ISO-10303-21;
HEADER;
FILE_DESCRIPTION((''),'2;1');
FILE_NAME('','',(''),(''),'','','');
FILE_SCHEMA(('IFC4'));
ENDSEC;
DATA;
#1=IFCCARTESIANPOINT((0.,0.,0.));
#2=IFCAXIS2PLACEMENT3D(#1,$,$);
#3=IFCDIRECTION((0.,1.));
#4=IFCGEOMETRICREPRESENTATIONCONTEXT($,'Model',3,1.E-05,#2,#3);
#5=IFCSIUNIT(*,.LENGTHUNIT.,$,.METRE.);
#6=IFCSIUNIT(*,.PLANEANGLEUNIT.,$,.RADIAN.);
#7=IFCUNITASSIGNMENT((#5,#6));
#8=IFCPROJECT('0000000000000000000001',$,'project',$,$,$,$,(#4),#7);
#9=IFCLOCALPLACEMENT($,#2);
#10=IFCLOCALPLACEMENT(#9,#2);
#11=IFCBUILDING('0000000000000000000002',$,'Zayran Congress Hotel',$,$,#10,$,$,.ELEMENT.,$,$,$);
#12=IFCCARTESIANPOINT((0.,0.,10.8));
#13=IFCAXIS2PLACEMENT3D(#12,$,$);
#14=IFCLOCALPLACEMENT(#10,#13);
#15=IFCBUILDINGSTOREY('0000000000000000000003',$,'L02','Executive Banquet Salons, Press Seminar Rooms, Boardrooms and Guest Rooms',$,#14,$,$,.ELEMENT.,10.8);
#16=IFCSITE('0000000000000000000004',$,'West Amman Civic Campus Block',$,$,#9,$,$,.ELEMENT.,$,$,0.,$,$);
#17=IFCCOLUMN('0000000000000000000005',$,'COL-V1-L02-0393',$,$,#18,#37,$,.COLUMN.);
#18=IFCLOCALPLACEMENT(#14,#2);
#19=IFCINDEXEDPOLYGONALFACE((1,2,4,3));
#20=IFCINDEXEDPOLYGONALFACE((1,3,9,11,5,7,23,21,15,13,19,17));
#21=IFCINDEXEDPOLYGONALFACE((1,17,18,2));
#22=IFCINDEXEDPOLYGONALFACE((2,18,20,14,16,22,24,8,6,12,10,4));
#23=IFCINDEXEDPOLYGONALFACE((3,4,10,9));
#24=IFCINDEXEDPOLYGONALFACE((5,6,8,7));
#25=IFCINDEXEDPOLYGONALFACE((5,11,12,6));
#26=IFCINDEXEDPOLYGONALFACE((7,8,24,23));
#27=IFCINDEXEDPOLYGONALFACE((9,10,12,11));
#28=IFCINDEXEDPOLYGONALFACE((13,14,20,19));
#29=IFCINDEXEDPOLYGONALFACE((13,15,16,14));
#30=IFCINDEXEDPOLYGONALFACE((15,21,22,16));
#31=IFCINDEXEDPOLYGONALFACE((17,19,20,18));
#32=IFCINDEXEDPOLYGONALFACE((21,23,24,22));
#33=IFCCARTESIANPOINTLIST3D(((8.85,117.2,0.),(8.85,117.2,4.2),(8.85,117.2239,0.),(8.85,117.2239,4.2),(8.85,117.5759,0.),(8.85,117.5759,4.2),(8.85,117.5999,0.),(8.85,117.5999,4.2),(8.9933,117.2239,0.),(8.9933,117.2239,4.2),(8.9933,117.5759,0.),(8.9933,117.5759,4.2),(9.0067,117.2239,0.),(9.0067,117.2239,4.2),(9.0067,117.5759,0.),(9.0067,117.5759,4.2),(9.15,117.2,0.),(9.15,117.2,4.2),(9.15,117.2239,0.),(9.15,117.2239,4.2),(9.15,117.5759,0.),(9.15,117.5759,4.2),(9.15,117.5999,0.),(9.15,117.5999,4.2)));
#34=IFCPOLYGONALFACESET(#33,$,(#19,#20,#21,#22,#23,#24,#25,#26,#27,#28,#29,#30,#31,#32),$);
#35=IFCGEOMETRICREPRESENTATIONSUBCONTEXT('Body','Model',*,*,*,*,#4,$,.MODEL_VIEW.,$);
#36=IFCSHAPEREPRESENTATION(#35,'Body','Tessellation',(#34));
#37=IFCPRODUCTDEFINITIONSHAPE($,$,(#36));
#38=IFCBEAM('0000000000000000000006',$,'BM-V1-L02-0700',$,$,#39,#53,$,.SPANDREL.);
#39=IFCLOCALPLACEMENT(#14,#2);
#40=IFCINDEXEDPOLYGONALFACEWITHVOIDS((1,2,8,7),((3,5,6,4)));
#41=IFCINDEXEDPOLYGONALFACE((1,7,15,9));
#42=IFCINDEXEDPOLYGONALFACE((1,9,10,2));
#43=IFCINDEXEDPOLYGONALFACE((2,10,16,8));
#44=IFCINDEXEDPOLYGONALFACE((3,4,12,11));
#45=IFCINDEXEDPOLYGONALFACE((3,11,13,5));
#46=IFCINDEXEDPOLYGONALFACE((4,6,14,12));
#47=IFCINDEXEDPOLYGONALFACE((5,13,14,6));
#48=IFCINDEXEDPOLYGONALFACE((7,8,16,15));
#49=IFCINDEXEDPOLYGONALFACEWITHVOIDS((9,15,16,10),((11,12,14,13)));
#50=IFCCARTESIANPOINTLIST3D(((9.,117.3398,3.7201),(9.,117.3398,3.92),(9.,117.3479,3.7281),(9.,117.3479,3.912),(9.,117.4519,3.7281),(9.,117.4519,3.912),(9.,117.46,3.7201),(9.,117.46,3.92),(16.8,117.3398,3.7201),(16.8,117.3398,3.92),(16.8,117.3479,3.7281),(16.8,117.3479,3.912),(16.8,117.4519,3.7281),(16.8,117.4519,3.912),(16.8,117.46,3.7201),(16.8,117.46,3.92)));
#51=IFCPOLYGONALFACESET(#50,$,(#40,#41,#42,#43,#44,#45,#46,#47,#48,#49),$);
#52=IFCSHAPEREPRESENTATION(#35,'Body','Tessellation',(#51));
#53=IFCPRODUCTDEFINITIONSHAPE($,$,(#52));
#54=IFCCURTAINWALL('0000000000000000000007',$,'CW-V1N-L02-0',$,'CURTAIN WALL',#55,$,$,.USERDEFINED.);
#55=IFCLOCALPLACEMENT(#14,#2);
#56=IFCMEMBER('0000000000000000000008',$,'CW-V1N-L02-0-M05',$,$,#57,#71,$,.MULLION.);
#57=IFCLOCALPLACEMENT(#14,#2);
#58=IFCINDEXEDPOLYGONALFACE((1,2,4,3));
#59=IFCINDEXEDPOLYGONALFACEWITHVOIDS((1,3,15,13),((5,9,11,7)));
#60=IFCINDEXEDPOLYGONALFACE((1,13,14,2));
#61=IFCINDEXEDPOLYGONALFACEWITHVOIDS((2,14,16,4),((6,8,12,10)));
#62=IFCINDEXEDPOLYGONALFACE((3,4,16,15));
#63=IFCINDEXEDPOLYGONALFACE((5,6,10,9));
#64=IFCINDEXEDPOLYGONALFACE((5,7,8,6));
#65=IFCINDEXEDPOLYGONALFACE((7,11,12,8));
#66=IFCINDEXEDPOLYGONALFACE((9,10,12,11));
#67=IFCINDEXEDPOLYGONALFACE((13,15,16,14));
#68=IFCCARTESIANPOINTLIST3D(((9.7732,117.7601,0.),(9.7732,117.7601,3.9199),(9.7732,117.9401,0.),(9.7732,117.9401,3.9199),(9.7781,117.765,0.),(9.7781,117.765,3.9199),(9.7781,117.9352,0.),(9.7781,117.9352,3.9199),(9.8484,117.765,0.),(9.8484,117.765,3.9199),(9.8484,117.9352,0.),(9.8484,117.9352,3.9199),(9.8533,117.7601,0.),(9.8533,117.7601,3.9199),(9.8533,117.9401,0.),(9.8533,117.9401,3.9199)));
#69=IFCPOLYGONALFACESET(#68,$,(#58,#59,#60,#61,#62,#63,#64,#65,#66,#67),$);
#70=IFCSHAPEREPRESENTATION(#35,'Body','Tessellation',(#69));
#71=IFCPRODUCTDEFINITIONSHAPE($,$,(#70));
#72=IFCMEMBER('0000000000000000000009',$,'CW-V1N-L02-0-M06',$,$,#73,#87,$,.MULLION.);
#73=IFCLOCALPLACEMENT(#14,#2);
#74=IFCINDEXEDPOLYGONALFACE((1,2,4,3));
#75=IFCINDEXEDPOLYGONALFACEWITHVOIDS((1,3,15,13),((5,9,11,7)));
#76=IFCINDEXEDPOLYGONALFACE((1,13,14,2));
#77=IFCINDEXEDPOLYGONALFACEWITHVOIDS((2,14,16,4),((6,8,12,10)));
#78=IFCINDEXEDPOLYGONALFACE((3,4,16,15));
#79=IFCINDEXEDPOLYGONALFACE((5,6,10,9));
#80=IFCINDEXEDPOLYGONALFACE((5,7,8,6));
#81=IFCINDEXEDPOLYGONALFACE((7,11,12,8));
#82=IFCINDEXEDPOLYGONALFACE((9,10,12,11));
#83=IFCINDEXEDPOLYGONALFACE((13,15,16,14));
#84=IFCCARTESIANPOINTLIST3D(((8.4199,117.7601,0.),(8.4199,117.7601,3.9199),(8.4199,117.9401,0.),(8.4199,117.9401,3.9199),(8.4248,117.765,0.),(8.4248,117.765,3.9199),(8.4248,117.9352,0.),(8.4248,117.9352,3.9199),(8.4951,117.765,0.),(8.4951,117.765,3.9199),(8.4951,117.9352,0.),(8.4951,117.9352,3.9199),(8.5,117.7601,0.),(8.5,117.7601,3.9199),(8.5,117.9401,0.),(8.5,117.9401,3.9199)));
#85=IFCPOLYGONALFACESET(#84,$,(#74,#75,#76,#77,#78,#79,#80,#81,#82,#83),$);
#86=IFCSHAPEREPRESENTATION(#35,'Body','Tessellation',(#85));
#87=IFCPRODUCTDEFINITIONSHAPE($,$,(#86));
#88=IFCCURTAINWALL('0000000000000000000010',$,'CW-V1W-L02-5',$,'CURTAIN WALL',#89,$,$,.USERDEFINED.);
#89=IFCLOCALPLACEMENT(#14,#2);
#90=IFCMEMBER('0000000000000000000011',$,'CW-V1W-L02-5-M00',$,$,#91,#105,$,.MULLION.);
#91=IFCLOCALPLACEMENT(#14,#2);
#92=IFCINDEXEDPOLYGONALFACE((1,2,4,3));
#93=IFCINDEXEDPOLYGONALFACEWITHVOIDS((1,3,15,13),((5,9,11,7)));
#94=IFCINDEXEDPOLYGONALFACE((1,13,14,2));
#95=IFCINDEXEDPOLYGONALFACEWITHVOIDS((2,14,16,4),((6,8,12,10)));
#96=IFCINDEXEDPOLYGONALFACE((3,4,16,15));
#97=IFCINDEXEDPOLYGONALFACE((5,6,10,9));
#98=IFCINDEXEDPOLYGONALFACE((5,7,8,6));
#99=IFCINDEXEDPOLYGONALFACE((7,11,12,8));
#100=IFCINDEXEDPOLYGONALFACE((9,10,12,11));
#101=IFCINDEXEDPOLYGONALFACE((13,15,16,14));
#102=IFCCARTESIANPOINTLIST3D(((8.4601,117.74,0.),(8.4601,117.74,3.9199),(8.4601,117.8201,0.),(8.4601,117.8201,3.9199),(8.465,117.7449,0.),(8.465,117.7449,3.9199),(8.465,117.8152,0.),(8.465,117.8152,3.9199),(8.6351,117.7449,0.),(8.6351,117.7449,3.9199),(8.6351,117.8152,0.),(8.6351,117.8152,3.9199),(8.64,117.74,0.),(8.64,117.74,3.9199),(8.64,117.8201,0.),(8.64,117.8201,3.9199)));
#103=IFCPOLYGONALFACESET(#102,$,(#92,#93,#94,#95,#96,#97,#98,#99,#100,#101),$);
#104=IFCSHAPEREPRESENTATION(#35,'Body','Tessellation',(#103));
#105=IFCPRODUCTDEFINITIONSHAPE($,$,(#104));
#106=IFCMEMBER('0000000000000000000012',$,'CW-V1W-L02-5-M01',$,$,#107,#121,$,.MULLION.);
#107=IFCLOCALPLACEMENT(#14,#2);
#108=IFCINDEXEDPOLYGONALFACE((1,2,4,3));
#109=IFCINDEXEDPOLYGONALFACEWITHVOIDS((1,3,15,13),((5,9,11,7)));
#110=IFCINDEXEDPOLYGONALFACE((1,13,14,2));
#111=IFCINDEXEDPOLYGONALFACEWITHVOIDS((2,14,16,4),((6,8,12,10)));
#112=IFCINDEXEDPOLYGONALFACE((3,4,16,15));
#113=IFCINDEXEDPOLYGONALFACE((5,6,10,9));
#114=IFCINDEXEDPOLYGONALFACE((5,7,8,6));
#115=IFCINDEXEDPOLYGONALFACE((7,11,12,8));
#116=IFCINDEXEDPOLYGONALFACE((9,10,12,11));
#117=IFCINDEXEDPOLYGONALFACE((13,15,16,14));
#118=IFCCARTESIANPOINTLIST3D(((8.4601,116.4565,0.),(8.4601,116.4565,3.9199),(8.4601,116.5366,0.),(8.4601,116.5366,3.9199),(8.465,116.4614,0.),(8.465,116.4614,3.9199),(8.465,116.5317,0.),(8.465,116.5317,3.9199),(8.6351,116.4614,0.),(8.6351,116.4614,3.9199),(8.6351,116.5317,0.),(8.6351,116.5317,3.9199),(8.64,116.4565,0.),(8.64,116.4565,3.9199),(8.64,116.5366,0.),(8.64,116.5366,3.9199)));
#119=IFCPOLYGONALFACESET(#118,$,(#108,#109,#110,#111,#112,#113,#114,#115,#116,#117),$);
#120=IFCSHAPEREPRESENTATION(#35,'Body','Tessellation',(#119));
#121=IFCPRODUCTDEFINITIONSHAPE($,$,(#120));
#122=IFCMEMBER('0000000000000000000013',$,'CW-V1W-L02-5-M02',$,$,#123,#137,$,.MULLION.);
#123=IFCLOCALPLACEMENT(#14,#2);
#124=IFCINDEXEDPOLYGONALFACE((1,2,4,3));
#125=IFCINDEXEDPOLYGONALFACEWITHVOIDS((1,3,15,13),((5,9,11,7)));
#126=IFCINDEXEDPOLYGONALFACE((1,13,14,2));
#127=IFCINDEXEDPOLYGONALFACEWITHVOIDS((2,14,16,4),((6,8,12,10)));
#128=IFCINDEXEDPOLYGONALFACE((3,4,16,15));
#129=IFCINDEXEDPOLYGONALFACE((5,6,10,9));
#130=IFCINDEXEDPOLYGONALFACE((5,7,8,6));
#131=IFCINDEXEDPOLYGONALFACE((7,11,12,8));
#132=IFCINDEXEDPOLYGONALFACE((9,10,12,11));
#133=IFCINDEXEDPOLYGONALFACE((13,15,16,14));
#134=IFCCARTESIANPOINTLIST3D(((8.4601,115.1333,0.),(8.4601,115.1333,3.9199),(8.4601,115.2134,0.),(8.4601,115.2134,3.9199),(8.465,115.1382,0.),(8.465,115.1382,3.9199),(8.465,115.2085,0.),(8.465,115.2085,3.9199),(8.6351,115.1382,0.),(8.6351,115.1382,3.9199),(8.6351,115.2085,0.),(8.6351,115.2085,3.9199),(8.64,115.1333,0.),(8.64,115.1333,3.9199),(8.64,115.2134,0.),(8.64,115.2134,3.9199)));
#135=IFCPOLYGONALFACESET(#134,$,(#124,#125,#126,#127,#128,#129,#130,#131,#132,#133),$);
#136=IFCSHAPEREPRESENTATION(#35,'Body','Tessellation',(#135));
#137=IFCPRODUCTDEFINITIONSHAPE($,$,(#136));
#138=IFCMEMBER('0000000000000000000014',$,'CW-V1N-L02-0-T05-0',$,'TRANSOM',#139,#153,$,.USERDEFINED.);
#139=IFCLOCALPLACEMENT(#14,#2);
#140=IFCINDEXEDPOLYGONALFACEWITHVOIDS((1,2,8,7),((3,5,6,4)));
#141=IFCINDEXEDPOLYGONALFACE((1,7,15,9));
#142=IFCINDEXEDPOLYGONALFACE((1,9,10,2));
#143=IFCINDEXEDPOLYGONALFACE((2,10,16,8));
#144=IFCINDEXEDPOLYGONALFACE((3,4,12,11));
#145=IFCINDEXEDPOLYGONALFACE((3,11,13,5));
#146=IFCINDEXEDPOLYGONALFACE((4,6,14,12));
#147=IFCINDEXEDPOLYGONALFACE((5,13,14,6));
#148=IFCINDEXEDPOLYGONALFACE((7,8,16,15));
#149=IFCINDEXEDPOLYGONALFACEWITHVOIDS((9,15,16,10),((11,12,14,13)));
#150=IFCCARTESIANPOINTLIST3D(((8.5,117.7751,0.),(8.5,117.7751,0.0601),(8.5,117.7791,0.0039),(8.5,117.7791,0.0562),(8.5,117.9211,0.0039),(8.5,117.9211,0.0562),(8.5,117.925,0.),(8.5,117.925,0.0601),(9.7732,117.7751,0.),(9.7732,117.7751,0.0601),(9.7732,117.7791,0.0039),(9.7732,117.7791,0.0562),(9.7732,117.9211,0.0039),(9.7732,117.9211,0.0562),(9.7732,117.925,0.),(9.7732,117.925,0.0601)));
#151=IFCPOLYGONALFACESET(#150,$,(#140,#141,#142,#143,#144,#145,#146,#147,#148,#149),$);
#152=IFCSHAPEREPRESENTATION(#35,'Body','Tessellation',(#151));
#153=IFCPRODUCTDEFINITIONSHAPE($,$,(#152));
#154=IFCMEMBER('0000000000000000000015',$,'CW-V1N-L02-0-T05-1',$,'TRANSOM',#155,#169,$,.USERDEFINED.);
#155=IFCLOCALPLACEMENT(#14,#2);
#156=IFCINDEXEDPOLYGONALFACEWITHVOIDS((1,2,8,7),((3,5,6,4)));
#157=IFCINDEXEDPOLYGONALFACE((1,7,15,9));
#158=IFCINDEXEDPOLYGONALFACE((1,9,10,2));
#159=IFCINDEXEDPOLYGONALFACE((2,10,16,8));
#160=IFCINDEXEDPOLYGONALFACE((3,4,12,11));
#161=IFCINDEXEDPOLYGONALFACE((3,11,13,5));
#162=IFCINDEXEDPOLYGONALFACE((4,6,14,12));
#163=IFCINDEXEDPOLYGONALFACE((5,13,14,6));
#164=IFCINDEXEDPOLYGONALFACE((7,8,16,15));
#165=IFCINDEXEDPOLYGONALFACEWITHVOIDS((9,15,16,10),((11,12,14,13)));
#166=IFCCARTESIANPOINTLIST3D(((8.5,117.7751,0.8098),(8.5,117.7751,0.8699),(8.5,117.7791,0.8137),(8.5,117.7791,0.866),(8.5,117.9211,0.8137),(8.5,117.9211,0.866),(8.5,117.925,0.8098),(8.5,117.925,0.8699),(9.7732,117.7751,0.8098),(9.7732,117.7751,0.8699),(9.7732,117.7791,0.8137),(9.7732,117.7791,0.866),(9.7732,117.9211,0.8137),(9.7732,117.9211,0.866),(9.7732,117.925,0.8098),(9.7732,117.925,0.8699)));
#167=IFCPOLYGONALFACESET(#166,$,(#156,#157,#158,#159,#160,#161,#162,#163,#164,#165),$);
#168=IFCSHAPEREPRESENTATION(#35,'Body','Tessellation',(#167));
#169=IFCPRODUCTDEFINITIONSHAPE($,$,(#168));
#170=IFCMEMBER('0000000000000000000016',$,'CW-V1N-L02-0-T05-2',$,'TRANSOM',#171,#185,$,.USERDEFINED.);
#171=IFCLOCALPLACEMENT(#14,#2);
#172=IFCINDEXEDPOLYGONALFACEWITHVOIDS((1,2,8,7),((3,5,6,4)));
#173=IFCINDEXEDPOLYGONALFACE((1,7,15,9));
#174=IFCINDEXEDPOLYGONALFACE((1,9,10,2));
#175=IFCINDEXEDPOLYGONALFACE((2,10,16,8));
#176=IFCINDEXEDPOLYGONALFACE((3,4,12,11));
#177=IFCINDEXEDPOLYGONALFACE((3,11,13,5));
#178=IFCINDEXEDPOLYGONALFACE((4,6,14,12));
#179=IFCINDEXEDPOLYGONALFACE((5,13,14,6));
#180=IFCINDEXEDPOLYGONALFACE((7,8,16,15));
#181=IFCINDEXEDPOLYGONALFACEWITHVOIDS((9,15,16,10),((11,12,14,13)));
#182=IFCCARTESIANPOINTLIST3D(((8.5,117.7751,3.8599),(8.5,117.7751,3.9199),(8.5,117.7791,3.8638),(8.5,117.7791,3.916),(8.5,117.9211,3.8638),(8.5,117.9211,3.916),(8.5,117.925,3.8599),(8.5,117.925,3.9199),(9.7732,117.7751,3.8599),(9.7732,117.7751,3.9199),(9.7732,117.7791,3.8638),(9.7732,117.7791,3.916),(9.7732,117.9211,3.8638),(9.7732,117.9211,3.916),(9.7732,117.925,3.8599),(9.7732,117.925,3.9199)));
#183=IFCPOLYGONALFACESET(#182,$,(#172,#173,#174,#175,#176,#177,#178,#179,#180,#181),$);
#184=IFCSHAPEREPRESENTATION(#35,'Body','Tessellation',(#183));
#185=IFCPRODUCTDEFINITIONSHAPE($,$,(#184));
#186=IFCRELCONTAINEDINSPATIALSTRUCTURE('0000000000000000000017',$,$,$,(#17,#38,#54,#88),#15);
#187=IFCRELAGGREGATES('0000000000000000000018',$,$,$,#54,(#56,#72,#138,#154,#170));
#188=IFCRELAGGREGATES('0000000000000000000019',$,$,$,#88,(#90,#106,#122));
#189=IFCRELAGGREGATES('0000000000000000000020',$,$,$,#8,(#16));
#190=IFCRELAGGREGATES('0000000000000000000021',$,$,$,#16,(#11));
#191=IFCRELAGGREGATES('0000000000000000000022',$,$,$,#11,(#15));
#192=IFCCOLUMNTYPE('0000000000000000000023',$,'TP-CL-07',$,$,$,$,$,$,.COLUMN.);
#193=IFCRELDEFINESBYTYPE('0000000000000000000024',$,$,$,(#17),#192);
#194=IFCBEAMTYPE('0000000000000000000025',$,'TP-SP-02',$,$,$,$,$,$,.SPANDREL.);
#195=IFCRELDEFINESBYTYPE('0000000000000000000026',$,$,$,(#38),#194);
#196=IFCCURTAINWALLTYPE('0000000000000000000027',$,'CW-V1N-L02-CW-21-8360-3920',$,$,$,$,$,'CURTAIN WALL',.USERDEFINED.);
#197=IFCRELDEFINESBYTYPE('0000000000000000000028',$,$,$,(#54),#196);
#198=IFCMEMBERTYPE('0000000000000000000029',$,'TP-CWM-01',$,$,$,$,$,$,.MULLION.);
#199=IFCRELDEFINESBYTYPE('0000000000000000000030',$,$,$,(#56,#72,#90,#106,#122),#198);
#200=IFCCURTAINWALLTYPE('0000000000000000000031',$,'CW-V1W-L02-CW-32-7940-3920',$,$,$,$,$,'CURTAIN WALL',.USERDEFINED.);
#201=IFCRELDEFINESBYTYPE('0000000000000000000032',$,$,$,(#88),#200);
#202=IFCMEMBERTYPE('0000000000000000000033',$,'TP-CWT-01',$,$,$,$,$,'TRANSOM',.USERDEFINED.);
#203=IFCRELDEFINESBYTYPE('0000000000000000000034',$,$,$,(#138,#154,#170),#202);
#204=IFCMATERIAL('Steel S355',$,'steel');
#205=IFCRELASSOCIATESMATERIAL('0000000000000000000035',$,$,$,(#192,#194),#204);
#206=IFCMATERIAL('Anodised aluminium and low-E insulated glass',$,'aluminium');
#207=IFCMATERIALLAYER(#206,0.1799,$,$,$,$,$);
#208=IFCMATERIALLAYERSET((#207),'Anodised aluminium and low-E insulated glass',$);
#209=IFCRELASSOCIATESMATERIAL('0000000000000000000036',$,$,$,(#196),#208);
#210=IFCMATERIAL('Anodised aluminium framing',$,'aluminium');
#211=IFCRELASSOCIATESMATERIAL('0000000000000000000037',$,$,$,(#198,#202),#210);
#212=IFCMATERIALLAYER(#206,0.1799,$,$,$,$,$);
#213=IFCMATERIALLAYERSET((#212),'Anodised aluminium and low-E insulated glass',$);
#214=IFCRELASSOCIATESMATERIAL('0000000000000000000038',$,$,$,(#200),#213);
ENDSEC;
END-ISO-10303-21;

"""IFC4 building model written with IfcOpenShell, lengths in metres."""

from ifc_helpers import new_model, si_unit, direction, frame, origin, origin_2d, place, context, subcontext, project, spatial, hollow_rectangle, i_section, extrude, material, layer, layer_set, material_profile, profile_set, type_object, element, aggregate, save


model = new_model("IFC4")

# Units and contexts
model_context = context("Model", 3, precision=1e-05, world=origin(), true_north=direction((0.0, 1.0)))
body_context = subcontext(model_context, "Body", "Model", "MODEL_VIEW")
ifc_project = project(units=[si_unit("LENGTHUNIT", "METRE"), si_unit("PLANEANGLEUNIT", "RADIAN")], contexts=[model_context])

# Site, building, storey
site_placement = place(None, origin())
site = spatial("IfcSite", under=ifc_project, at=site_placement, Name="West Amman Civic Campus Block", CompositionType="ELEMENT", RefElevation=0.0)
building_placement = place(site_placement, origin())
building = spatial("IfcBuilding", under=site, at=building_placement, Name="Zayran Congress Hotel", CompositionType="ELEMENT")
storey_placement = place(building_placement, frame((0.0, 0.0, 10.8)))
storey = spatial("IfcBuildingStorey", under=building, at=storey_placement, Name="L02", Description="Executive Banquet Salons, Press Seminar Rooms, Boardrooms and Guest Rooms", CompositionType="ELEMENT", Elevation=10.8)

# Column
ifc_material_1 = material(Name="Steel S355", Category="steel")
ifc_material_profile_1 = material_profile(ifc_material_1, i_section(OverallWidth=0.3, OverallDepth=0.3999, WebThickness=0.0134, FlangeThickness=0.0239, at=origin_2d()), Name="HEB 400")
ifc_profile_set_1 = profile_set([ifc_material_profile_1], Name="Steel S355")
column_type = type_object("IfcColumnType", Name="TP-CL-07", PredefinedType="COLUMN", material=ifc_profile_set_1)
column_placement = place(storey_placement, frame((9.0, 117.3999, 0.0), z_axis=(0.0, 0.0, 1.0), x_axis=(1.0, 0.0, 0.0)))
element("IfcColumn", 1, at=column_placement, inside=storey, type_object=column_type, Name="COL-V1-L02-0393", PredefinedType="COLUMN", context=body_context, shape_type="SweptSolid", body=[
    extrude(i_section(OverallWidth=0.3, OverallDepth=0.3999, WebThickness=0.0134, FlangeThickness=0.0239, at=origin_2d()), origin(), (0.0, 0.0, 1.0), 4.2),
])

# Beam
ifc_material_profile_2 = material_profile(ifc_material_1, hollow_rectangle(XDim=0.1201, YDim=0.2, WallThickness=0.0081, at=origin_2d()), Name="RHS 200x120x8")
ifc_profile_set_2 = profile_set([ifc_material_profile_2], Name="Steel S355")
beam_type = type_object("IfcBeamType", Name="TP-SP-02", PredefinedType="SPANDREL", material=ifc_profile_set_2)
beam_placement = place(storey_placement, frame((9.0, 117.3999, 3.8201), z_axis=(1.0, 0.0, 0.0), x_axis=(0.0, 1.0, 0.0)))
element("IfcBeam", 2, at=beam_placement, inside=storey, type_object=beam_type, Name="BM-V1-L02-0700", PredefinedType="SPANDREL", context=body_context, shape_type="SweptSolid", body=[
    extrude(hollow_rectangle(XDim=0.1201, YDim=0.2, WallThickness=0.0081, at=origin_2d()), origin(), (0.0, 0.0, 1.0), 7.8),
])

# Curtain walls, members
ifc_material_2 = material(Name="Anodised aluminium and low-E insulated glass", Category="aluminium")
ifc_layer_1 = layer(ifc_material_2, 0.1799)
ifc_layer_set_1 = layer_set([ifc_layer_1], Name="Anodised aluminium and low-E insulated glass")
curtain_wall_type_1 = type_object("IfcCurtainWallType", Name="CW-V1N-L02-CW-21-8360-3920", ElementType="CURTAIN WALL", PredefinedType="USERDEFINED", material=ifc_layer_set_1)
curtain_wall_1_placement = place(storey_placement, origin())
curtain_wall_1 = element("IfcCurtainWall", 3, at=curtain_wall_1_placement, inside=storey, type_object=curtain_wall_type_1, Name="CW-V1N-L02-0", ObjectType="CURTAIN WALL", PredefinedType="USERDEFINED")
ifc_material_3 = material(Name="Anodised aluminium framing", Category="aluminium")
ifc_material_profile_3 = material_profile(ifc_material_3, hollow_rectangle(XDim=0.0801, YDim=0.1799, WallThickness=0.0049, at=origin_2d()), Name="RHS 180x80x5")
ifc_profile_set_3 = profile_set([ifc_material_profile_3], Name="Anodised aluminium framing")
member_type_1 = type_object("IfcMemberType", Name="TP-CWM-01", PredefinedType="MULLION", material=ifc_profile_set_3)
member_1_placement = place(storey_placement, frame((9.8132, 117.8501, 0.0), z_axis=(0.0, 0.0, 1.0), x_axis=(1.0, 0.0, 0.0)))
member_1 = element("IfcMember", 4, at=member_1_placement, type_object=member_type_1, Name="CW-V1N-L02-0-M05", PredefinedType="MULLION", context=body_context, shape_type="SweptSolid", body=[
    extrude(hollow_rectangle(XDim=0.0801, YDim=0.1799, WallThickness=0.0049, at=origin_2d()), origin(), (0.0, 0.0, 1.0), 3.9199),
])
member_2_placement = place(storey_placement, frame((8.46, 117.8501, 0.0), z_axis=(0.0, 0.0, 1.0), x_axis=(1.0, 0.0, 0.0)))
member_2 = element("IfcMember", 5, at=member_2_placement, type_object=member_type_1, Name="CW-V1N-L02-0-M06", PredefinedType="MULLION", context=body_context, shape_type="SweptSolid", body=[
    extrude(hollow_rectangle(XDim=0.0801, YDim=0.1799, WallThickness=0.0049, at=origin_2d()), origin(), (0.0, 0.0, 1.0), 3.9199),
])
ifc_layer_2 = layer(ifc_material_2, 0.1799)
ifc_layer_set_2 = layer_set([ifc_layer_2], Name="Anodised aluminium and low-E insulated glass")
curtain_wall_type_2 = type_object("IfcCurtainWallType", Name="CW-V1W-L02-CW-32-7940-3920", ElementType="CURTAIN WALL", PredefinedType="USERDEFINED", material=ifc_layer_set_2)
curtain_wall_2_placement = place(storey_placement, origin())
curtain_wall_2 = element("IfcCurtainWall", 6, at=curtain_wall_2_placement, inside=storey, type_object=curtain_wall_type_2, Name="CW-V1W-L02-5", ObjectType="CURTAIN WALL", PredefinedType="USERDEFINED")
member_3_placement = place(storey_placement, frame((8.55, 117.78, 0.0), z_axis=(0.0, 0.0, 1.0), x_axis=(0.0, 1.0, 0.0)))
member_3 = element("IfcMember", 7, at=member_3_placement, type_object=member_type_1, Name="CW-V1W-L02-5-M00", PredefinedType="MULLION", context=body_context, shape_type="SweptSolid", body=[
    extrude(hollow_rectangle(XDim=0.0801, YDim=0.1799, WallThickness=0.0049, at=origin_2d()), origin(), (0.0, 0.0, 1.0), 3.9199),
])
member_4_placement = place(storey_placement, frame((8.55, 116.4966, 0.0), z_axis=(0.0, 0.0, 1.0), x_axis=(0.0, 1.0, 0.0)))
member_4 = element("IfcMember", 8, at=member_4_placement, type_object=member_type_1, Name="CW-V1W-L02-5-M01", PredefinedType="MULLION", context=body_context, shape_type="SweptSolid", body=[
    extrude(hollow_rectangle(XDim=0.0801, YDim=0.1799, WallThickness=0.0049, at=origin_2d()), origin(), (0.0, 0.0, 1.0), 3.9199),
])
member_5_placement = place(storey_placement, frame((8.55, 115.1733, 0.0), z_axis=(0.0, 0.0, 1.0), x_axis=(0.0, 1.0, 0.0)))
member_5 = element("IfcMember", 9, at=member_5_placement, type_object=member_type_1, Name="CW-V1W-L02-5-M02", PredefinedType="MULLION", context=body_context, shape_type="SweptSolid", body=[
    extrude(hollow_rectangle(XDim=0.0801, YDim=0.1799, WallThickness=0.0049, at=origin_2d()), origin(), (0.0, 0.0, 1.0), 3.9199),
])

# Members
ifc_material_profile_4 = material_profile(ifc_material_3, hollow_rectangle(XDim=0.0601, YDim=0.1499, WallThickness=0.0039, at=origin_2d()), Name="RHS 150x60x4")
ifc_profile_set_4 = profile_set([ifc_material_profile_4], Name="Anodised aluminium framing")
member_type_2 = type_object("IfcMemberType", Name="TP-CWT-01", ElementType="TRANSOM", PredefinedType="USERDEFINED", material=ifc_profile_set_4)
member_6_placement = place(storey_placement, frame((9.7732, 117.8501, 0.03), z_axis=(-1.0, 0.0, 0.0), x_axis=(0.0, 0.0, 1.0)))
member_6 = element("IfcMember", 10, at=member_6_placement, type_object=member_type_2, Name="CW-V1N-L02-0-T05-0", ObjectType="TRANSOM", PredefinedType="USERDEFINED", context=body_context, shape_type="SweptSolid", body=[
    extrude(hollow_rectangle(XDim=0.0601, YDim=0.1499, WallThickness=0.0039, at=origin_2d()), origin(), (0.0, 0.0, 1.0), 1.2732),
])
member_7_placement = place(storey_placement, frame((9.7732, 117.8501, 0.8398), z_axis=(-1.0, 0.0, 0.0), x_axis=(0.0, 0.0, 1.0)))
member_7 = element("IfcMember", 11, at=member_7_placement, type_object=member_type_2, Name="CW-V1N-L02-0-T05-1", ObjectType="TRANSOM", PredefinedType="USERDEFINED", context=body_context, shape_type="SweptSolid", body=[
    extrude(hollow_rectangle(XDim=0.0601, YDim=0.1499, WallThickness=0.0039, at=origin_2d()), origin(), (0.0, 0.0, 1.0), 1.2732),
])
member_8_placement = place(storey_placement, frame((9.7732, 117.8501, 3.8899), z_axis=(-1.0, 0.0, 0.0), x_axis=(0.0, 0.0, 1.0)))
member_8 = element("IfcMember", 12, at=member_8_placement, type_object=member_type_2, Name="CW-V1N-L02-0-T05-2", ObjectType="TRANSOM", PredefinedType="USERDEFINED", context=body_context, shape_type="SweptSolid", body=[
    extrude(hollow_rectangle(XDim=0.0601, YDim=0.1499, WallThickness=0.0039, at=origin_2d()), origin(), (0.0, 0.0, 1.0), 1.2732),
])

aggregate(curtain_wall_1, [member_1, member_2, member_6, member_7, member_8])
aggregate(curtain_wall_2, [member_3, member_4, member_5])

save(model, "model.ifc")
